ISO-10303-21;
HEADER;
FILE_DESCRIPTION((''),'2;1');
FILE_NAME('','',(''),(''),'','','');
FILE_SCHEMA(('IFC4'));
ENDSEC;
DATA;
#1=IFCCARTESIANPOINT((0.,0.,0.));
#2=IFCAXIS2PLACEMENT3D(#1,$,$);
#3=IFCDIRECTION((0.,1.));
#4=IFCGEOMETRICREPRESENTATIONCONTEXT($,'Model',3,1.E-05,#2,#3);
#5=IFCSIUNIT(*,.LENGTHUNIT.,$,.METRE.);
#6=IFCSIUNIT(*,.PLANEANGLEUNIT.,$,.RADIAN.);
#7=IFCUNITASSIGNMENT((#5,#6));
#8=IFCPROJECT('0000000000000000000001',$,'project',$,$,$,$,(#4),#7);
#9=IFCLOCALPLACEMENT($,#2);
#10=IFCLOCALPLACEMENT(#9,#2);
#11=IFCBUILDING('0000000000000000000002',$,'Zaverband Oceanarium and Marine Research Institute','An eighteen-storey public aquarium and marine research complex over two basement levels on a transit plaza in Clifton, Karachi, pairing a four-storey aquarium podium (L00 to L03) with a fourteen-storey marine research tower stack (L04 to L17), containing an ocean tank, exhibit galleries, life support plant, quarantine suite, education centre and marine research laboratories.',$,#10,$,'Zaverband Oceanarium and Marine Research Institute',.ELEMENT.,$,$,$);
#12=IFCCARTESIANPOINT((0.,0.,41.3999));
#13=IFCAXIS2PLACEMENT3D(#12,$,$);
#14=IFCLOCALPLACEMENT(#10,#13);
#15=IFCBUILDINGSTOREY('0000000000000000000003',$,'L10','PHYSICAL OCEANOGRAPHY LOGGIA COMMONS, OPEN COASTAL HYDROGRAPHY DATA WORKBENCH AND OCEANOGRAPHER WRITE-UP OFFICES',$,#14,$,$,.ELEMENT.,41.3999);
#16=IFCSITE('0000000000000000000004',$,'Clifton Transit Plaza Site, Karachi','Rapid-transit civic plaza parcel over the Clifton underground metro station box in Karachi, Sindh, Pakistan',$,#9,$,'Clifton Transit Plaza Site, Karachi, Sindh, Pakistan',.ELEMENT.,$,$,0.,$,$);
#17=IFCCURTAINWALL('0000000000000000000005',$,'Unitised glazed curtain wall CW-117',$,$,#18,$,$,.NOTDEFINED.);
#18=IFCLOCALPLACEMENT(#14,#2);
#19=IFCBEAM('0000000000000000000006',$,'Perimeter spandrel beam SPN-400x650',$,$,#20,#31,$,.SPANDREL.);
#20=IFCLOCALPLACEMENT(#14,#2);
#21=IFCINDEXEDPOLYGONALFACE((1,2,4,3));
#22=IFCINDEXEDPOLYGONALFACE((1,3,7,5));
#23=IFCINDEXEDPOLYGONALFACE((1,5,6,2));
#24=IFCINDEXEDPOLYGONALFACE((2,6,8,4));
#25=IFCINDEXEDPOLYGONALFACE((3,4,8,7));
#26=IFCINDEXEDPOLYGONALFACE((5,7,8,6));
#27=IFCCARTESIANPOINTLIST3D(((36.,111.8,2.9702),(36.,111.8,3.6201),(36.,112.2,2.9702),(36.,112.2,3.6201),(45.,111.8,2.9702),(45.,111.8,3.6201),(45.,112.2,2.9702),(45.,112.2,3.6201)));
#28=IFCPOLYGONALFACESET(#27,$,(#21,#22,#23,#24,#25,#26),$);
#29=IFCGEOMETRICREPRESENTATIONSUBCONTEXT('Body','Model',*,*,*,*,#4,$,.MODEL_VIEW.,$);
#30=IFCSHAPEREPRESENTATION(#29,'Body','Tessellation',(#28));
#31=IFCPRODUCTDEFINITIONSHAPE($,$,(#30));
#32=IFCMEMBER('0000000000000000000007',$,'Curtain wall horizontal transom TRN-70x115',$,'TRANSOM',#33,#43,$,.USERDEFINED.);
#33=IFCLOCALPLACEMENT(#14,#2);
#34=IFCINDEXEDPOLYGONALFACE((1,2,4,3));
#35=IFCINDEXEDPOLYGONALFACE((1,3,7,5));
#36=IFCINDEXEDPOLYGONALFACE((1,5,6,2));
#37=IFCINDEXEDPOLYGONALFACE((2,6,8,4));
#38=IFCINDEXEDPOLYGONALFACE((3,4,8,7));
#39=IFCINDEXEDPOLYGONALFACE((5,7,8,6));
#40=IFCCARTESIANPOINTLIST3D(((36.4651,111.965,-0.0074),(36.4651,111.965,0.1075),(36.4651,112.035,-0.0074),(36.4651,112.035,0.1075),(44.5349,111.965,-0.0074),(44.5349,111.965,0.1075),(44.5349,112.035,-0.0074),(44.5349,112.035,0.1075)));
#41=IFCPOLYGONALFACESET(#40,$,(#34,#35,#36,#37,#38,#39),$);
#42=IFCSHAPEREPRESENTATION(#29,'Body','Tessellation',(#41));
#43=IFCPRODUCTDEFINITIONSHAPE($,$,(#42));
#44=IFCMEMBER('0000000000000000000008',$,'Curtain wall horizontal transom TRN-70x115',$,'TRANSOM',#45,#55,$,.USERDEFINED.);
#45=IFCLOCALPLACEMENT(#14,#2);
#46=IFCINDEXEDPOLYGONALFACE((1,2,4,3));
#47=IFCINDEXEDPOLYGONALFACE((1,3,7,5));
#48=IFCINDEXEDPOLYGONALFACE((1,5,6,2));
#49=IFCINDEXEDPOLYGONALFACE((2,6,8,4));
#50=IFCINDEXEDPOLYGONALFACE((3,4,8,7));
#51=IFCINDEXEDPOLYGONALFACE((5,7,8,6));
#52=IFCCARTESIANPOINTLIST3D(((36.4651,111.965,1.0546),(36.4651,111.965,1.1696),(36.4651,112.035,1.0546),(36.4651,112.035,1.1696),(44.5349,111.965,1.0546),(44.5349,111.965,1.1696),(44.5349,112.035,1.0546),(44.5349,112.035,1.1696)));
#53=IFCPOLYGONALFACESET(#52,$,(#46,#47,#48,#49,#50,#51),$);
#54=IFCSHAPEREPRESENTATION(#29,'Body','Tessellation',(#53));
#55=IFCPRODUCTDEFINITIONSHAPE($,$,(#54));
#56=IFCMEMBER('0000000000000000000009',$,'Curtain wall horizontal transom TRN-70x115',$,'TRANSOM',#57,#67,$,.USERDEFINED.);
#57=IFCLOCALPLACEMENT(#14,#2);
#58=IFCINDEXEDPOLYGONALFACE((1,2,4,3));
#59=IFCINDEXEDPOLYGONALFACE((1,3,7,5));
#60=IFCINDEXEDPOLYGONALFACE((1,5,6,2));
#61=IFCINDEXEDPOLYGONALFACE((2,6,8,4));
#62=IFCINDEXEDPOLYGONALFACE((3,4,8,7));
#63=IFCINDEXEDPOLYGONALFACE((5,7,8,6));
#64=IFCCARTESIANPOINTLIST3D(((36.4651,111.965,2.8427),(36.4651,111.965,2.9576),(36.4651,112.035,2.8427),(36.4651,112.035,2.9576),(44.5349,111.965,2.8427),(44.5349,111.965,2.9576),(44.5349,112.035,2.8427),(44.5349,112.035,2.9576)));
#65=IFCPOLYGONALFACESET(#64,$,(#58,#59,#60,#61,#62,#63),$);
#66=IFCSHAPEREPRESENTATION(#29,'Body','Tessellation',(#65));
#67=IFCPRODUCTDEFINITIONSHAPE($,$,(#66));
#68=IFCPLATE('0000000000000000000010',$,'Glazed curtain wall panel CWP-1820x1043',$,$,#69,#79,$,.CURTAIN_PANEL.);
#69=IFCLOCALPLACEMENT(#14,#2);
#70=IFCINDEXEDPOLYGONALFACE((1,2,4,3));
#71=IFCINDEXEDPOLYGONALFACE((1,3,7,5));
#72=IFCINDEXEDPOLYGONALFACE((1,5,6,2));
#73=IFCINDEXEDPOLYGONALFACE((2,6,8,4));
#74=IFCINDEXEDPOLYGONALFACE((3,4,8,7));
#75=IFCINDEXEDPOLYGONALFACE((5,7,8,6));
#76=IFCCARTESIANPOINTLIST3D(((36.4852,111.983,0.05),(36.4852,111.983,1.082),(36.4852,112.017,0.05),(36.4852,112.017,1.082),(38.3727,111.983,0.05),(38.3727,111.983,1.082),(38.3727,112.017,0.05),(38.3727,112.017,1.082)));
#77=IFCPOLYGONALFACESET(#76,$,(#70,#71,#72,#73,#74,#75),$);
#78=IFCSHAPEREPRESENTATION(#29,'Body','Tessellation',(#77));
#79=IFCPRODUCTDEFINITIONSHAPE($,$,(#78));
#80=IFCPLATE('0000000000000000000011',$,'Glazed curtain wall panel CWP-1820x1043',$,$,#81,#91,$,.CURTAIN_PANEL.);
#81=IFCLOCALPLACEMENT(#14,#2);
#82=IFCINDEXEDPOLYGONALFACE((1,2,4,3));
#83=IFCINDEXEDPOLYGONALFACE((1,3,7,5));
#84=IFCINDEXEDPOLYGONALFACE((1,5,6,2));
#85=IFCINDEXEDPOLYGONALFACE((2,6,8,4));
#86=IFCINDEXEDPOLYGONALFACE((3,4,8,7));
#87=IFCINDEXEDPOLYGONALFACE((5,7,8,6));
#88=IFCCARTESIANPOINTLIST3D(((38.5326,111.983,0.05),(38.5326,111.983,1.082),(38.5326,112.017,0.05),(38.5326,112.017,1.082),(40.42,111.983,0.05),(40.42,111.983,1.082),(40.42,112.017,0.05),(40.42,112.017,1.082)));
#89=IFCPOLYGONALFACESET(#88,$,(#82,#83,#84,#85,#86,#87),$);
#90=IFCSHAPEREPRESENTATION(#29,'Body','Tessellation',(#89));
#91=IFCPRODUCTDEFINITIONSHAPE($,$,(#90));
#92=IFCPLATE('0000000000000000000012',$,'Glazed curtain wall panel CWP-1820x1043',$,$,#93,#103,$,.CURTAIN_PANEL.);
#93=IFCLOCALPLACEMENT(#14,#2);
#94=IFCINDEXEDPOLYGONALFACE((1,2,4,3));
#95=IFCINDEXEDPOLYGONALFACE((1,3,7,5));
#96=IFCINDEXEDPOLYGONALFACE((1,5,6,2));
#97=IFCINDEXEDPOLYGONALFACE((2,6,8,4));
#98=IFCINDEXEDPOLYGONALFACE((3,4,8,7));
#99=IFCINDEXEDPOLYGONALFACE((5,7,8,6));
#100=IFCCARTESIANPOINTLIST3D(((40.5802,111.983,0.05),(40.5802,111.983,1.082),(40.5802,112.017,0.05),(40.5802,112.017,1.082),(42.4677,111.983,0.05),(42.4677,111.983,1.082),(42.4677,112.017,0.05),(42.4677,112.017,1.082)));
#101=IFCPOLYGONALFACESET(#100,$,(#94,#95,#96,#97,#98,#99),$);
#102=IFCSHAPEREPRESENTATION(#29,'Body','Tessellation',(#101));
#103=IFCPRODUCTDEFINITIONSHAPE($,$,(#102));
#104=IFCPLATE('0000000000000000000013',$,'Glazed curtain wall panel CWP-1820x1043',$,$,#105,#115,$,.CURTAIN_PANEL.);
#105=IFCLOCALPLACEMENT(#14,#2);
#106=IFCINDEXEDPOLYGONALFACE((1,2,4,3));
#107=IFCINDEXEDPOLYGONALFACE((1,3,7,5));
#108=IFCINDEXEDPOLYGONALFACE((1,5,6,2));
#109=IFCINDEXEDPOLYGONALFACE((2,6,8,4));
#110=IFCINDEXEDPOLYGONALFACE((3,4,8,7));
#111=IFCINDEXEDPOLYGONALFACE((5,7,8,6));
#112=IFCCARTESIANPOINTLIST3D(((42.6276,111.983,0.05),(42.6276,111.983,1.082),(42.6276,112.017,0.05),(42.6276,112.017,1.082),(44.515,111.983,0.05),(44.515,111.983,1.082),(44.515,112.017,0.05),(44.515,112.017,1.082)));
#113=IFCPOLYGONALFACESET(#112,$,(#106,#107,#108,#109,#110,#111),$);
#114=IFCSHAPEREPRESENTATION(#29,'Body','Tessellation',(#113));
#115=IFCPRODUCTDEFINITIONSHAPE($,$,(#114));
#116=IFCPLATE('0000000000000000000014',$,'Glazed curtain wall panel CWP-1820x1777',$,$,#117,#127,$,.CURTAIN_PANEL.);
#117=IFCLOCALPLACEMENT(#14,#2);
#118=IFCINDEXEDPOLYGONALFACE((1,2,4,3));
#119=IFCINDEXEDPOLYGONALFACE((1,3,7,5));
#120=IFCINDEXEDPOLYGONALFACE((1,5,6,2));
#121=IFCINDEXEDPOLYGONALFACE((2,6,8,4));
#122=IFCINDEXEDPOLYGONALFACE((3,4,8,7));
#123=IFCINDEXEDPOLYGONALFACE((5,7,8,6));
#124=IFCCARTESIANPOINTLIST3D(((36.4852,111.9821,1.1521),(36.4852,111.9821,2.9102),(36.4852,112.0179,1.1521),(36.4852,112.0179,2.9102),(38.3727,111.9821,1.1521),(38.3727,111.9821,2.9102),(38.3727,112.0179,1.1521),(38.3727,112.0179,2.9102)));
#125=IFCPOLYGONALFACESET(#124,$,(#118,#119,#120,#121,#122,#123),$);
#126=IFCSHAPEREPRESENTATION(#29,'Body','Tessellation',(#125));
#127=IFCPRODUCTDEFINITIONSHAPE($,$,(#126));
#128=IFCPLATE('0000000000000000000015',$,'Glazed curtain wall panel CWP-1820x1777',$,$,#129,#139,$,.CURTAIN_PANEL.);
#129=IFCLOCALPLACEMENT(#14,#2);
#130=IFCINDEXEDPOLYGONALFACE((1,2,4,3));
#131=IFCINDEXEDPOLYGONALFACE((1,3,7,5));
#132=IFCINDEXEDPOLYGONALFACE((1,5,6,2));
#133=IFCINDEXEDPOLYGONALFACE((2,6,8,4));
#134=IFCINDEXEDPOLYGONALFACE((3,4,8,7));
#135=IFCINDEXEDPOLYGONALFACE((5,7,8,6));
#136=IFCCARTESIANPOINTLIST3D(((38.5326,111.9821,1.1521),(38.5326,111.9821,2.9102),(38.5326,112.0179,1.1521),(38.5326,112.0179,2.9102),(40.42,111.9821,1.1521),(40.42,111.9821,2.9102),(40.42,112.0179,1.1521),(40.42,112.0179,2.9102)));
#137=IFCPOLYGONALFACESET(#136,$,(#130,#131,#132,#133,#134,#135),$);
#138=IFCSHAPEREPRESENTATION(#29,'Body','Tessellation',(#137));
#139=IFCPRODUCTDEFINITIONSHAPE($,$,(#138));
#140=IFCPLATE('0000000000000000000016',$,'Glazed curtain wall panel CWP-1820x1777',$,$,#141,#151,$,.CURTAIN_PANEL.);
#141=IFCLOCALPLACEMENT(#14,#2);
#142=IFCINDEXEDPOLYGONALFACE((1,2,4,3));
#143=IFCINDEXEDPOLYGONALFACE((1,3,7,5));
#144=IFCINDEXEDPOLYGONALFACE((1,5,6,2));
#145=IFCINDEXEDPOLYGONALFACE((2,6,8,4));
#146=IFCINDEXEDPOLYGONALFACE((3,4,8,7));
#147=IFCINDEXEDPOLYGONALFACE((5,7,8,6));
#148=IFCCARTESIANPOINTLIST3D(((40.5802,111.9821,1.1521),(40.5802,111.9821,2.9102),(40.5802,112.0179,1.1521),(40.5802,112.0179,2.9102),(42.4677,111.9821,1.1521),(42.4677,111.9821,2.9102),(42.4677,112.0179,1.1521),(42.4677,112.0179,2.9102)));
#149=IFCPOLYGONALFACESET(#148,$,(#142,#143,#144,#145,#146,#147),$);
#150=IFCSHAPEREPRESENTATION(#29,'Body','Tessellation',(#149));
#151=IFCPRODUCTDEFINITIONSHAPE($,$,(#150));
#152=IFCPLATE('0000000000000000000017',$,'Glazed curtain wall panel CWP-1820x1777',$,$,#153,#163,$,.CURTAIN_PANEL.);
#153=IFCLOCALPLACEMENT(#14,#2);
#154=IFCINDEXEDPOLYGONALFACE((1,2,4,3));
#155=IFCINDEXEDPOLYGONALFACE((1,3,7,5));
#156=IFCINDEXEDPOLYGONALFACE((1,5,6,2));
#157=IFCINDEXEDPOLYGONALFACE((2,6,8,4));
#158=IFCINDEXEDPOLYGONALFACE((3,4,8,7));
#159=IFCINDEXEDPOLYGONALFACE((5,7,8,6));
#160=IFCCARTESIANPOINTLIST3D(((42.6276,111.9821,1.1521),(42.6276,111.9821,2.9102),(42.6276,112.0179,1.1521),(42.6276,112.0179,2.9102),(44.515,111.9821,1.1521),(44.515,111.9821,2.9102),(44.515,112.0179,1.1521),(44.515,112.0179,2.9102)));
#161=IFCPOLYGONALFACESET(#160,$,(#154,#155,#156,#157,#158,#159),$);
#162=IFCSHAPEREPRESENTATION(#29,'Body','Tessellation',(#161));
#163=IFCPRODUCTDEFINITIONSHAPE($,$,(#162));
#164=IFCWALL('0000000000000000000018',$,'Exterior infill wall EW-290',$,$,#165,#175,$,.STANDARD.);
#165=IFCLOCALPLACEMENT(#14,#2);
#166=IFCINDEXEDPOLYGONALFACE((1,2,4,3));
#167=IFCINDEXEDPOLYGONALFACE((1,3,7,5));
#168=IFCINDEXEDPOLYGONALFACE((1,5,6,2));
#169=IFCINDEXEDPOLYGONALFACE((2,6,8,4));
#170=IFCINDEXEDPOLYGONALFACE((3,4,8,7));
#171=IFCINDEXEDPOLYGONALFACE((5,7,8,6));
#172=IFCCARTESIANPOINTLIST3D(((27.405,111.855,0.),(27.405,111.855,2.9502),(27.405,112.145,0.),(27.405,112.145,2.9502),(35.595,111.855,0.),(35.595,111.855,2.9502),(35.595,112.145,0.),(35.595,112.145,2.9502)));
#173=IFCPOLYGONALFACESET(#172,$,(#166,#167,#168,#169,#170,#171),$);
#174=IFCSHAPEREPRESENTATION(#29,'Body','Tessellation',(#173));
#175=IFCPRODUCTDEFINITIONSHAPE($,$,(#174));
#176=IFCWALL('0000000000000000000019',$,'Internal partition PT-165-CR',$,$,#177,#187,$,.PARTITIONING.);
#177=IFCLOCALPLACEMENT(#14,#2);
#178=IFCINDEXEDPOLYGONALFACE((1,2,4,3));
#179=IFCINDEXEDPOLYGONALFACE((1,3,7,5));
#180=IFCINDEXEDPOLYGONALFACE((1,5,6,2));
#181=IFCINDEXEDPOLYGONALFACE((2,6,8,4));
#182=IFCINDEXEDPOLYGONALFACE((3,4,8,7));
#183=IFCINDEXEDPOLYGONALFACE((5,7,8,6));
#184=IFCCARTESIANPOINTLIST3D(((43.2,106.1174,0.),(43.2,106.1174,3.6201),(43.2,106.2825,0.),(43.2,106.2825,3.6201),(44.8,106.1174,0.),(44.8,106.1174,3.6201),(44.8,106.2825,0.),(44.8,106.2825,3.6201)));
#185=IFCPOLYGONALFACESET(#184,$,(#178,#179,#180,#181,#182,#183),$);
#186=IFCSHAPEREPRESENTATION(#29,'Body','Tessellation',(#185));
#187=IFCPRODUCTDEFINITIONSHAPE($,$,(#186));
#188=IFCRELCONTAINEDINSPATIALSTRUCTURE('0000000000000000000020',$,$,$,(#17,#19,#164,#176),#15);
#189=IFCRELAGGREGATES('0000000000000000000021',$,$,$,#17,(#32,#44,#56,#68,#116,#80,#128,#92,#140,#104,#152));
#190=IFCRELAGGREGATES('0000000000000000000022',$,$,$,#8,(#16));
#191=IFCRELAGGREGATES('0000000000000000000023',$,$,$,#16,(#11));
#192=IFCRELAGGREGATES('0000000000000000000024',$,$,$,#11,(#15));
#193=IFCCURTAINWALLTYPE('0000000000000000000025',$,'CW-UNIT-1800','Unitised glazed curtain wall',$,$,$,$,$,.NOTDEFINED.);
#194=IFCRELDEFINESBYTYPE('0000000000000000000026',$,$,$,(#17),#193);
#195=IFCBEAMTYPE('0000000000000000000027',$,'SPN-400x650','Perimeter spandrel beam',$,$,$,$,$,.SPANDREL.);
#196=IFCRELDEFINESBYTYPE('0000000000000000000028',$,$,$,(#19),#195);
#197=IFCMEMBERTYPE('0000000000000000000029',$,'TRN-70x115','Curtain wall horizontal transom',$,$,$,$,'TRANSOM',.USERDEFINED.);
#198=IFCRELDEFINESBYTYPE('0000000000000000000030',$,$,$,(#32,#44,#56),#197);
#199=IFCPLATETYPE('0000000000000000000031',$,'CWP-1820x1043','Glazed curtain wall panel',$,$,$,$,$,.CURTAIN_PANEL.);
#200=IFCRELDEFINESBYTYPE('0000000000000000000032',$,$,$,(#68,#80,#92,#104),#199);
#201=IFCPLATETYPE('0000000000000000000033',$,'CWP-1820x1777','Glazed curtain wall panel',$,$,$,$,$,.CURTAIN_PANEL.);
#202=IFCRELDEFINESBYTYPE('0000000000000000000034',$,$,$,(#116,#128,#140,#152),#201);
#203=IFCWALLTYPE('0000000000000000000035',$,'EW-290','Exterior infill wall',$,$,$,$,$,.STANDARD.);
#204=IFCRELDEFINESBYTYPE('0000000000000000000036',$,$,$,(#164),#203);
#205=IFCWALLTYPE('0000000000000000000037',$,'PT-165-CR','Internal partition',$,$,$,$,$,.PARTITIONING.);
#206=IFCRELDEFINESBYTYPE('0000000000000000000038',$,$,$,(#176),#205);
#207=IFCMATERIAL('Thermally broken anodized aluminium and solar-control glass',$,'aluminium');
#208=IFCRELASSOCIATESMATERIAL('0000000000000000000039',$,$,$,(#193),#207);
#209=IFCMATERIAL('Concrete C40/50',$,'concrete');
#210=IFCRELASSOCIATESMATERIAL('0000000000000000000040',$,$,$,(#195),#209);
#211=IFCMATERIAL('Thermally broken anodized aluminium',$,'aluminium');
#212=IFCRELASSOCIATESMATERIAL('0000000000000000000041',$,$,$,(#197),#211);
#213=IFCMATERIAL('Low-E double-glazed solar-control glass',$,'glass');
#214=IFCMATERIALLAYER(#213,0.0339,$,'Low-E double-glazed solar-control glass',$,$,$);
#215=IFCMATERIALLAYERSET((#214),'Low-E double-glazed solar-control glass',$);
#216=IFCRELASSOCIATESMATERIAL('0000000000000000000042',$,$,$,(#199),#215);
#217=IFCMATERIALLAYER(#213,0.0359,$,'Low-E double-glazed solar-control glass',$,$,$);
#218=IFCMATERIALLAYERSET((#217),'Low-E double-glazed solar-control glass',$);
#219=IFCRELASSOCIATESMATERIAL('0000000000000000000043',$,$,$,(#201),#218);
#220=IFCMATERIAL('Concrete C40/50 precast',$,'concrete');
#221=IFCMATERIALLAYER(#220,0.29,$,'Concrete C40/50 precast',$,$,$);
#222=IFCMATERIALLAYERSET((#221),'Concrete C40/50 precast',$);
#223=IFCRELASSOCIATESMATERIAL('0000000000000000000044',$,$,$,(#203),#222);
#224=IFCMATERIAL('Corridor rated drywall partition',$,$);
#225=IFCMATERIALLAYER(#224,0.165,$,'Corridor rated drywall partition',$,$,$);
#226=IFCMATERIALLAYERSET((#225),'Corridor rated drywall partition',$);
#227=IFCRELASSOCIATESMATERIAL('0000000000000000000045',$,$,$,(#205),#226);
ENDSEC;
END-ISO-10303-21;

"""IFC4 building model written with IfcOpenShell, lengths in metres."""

from ifc_helpers import new_model, si_unit, direction, frame, frame_2d, origin, origin_2d, place, context, subcontext, project, spatial, rectangle, extrude, material, layer, layer_set, material_profile, profile_set, type_object, element, aggregate, save


model = new_model("IFC4")

# Units and contexts
model_context = context("Model", 3, precision=1e-05, world=origin(), true_north=direction((0.0, 1.0)))
body_context = subcontext(model_context, "Body", "Model", "MODEL_VIEW")
ifc_project = project(units=[si_unit("LENGTHUNIT", "METRE"), si_unit("PLANEANGLEUNIT", "RADIAN")], contexts=[model_context])

# Site, building, storey
site_placement = place(None, origin())
site = spatial("IfcSite", under=ifc_project, at=site_placement, Name="Clifton Transit Plaza Site, Karachi", Description="Rapid-transit civic plaza parcel over the Clifton underground metro station box in Karachi, Sindh, Pakistan", LongName="Clifton Transit Plaza Site, Karachi, Sindh, Pakistan", CompositionType="ELEMENT", RefElevation=0.0)
building_placement = place(site_placement, origin())
building = spatial("IfcBuilding", under=site, at=building_placement, Name="Zaverband Oceanarium and Marine Research Institute", Description="An eighteen-storey public aquarium and marine research complex over two basement levels on a transit plaza in Clifton, Karachi, pairing a four-storey aquarium podium (L00 to L03) with a fourteen-storey marine research tower stack (L04 to L17), containing an ocean tank, exhibit galleries, life support plant, quarantine suite, education centre and marine research laboratories.", LongName="Zaverband Oceanarium and Marine Research Institute", CompositionType="ELEMENT")
storey_placement = place(building_placement, frame((0.0, 0.0, 41.3999)))
storey = spatial("IfcBuildingStorey", under=building, at=storey_placement, Name="L10", Description="PHYSICAL OCEANOGRAPHY LOGGIA COMMONS, OPEN COASTAL HYDROGRAPHY DATA WORKBENCH AND OCEANOGRAPHER WRITE-UP OFFICES", CompositionType="ELEMENT", Elevation=41.3999)

# Shared definitions
ifc_material_1 = material(Name="Concrete C40/50", Category="concrete")

# Curtain wall
ifc_material_2 = material(Name="Thermally broken anodized aluminium and solar-control glass", Category="aluminium")
curtain_wall_type = type_object("IfcCurtainWallType", Name="CW-UNIT-1800", Description="Unitised glazed curtain wall", PredefinedType="NOTDEFINED", material=ifc_material_2)
curtain_wall_placement = place(storey_placement, origin())
curtain_wall = element("IfcCurtainWall", 1, at=curtain_wall_placement, inside=storey, type_object=curtain_wall_type, Name="Unitised glazed curtain wall CW-117", PredefinedType="NOTDEFINED")
ifc_material_3 = material(Name="Thermally broken anodized aluminium", Category="aluminium")

# Beam
ifc_material_profile_1 = material_profile(ifc_material_1, rectangle(XDim=0.3999, YDim=0.6499, at=origin_2d()), Name="RC400x650")
ifc_profile_set_1 = profile_set([ifc_material_profile_1], Name="Concrete C40/50")
beam_type_1 = type_object("IfcBeamType", Name="SPN-400x650", Description="Perimeter spandrel beam", PredefinedType="SPANDREL", material=ifc_profile_set_1)
for number, where, z_axis, x_axis, name in (
    (2, (36.0, 112.0, 3.2952), (1.0, 0.0, 0.0), (0.0, 1.0, 0.0), "Perimeter spandrel beam SPN-400x650"),
):
    element("IfcBeam", number, at=place(storey_placement, frame(where, z_axis=z_axis, x_axis=x_axis)), inside=storey, type_object=beam_type_1, Name=name, PredefinedType="SPANDREL", context=body_context, shape_type="SweptSolid", body=[
        extrude(rectangle(XDim=0.3999, YDim=0.6499, at=origin_2d()), origin(), (0.0, 0.0, 1.0), 9.0),
    ])

# Members
ifc_material_profile_2 = material_profile(ifc_material_3, rectangle(XDim=0.0701, YDim=0.115, at=origin_2d()), Name="AL-TRN-70x115")
ifc_profile_set_2 = profile_set([ifc_material_profile_2], Name="Thermally broken anodized aluminium")
member_type_1 = type_object("IfcMemberType", Name="TRN-70x115", Description="Curtain wall horizontal transom", ElementType="TRANSOM", PredefinedType="USERDEFINED", material=ifc_profile_set_2)
member_1_placement = place(storey_placement, frame((36.4651, 112.0, 0.05), z_axis=(1.0, 0.0, 0.0), x_axis=(0.0, 1.0, 0.0)))
member_1 = element("IfcMember", 3, at=member_1_placement, type_object=member_type_1, Name="Curtain wall horizontal transom TRN-70x115", ObjectType="TRANSOM", PredefinedType="USERDEFINED", context=body_context, shape_type="SweptSolid", body=[
    extrude(rectangle(XDim=0.0701, YDim=0.115, at=origin_2d()), origin(), (0.0, 0.0, 1.0), 8.0698),
])
member_2_placement = place(storey_placement, frame((36.4651, 112.0, 1.1121), z_axis=(1.0, 0.0, 0.0), x_axis=(0.0, 1.0, 0.0)))
member_2 = element("IfcMember", 4, at=member_2_placement, type_object=member_type_1, Name="Curtain wall horizontal transom TRN-70x115", ObjectType="TRANSOM", PredefinedType="USERDEFINED", context=body_context, shape_type="SweptSolid", body=[
    extrude(rectangle(XDim=0.0701, YDim=0.115, at=origin_2d()), origin(), (0.0, 0.0, 1.0), 8.0698),
])
member_3_placement = place(storey_placement, frame((36.4651, 112.0, 2.9001), z_axis=(1.0, 0.0, 0.0), x_axis=(0.0, 1.0, 0.0)))
member_3 = element("IfcMember", 5, at=member_3_placement, type_object=member_type_1, Name="Curtain wall horizontal transom TRN-70x115", ObjectType="TRANSOM", PredefinedType="USERDEFINED", context=body_context, shape_type="SweptSolid", body=[
    extrude(rectangle(XDim=0.0701, YDim=0.115, at=origin_2d()), origin(), (0.0, 0.0, 1.0), 8.0698),
])

# Plates
ifc_material_4 = material(Name="Low-E double-glazed solar-control glass", Category="glass")
ifc_layer_1 = layer(ifc_material_4, 0.0339, Name="Low-E double-glazed solar-control glass")
ifc_layer_set_1 = layer_set([ifc_layer_1], Name="Low-E double-glazed solar-control glass")
plate_type_1 = type_object("IfcPlateType", Name="CWP-1820x1043", Description="Glazed curtain wall panel", PredefinedType="CURTAIN_PANEL", material=ifc_layer_set_1)
plate_1_placement = place(storey_placement, frame((36.4851, 112.0, 0.05), z_axis=(0.0, 0.0, 1.0), x_axis=(1.0, 0.0, 0.0)))
plate_1 = element("IfcPlate", 6, at=plate_1_placement, type_object=plate_type_1, Name="Glazed curtain wall panel CWP-1820x1043", PredefinedType="CURTAIN_PANEL", context=body_context, shape_type="SweptSolid", body=[
    extrude(rectangle(XDim=1.8875, YDim=0.0339, at=frame_2d((0.9438, 0.0))), origin(), (0.0, 0.0, 1.0), 1.032),
])
plate_2_placement = place(storey_placement, frame((38.5325, 112.0, 0.05), z_axis=(0.0, 0.0, 1.0), x_axis=(1.0, 0.0, 0.0)))
plate_2 = element("IfcPlate", 7, at=plate_2_placement, type_object=plate_type_1, Name="Glazed curtain wall panel CWP-1820x1043", PredefinedType="CURTAIN_PANEL", context=body_context, shape_type="SweptSolid", body=[
    extrude(rectangle(XDim=1.8875, YDim=0.0339, at=frame_2d((0.9438, 0.0))), origin(), (0.0, 0.0, 1.0), 1.032),
])
plate_3_placement = place(storey_placement, frame((40.5801, 112.0, 0.05), z_axis=(0.0, 0.0, 1.0), x_axis=(1.0, 0.0, 0.0)))
plate_3 = element("IfcPlate", 8, at=plate_3_placement, type_object=plate_type_1, Name="Glazed curtain wall panel CWP-1820x1043", PredefinedType="CURTAIN_PANEL", context=body_context, shape_type="SweptSolid", body=[
    extrude(rectangle(XDim=1.8875, YDim=0.0339, at=frame_2d((0.9438, 0.0))), origin(), (0.0, 0.0, 1.0), 1.032),
])
plate_4_placement = place(storey_placement, frame((42.6274, 112.0, 0.05), z_axis=(0.0, 0.0, 1.0), x_axis=(1.0, 0.0, 0.0)))
plate_4 = element("IfcPlate", 9, at=plate_4_placement, type_object=plate_type_1, Name="Glazed curtain wall panel CWP-1820x1043", PredefinedType="CURTAIN_PANEL", context=body_context, shape_type="SweptSolid", body=[
    extrude(rectangle(XDim=1.8875, YDim=0.0339, at=frame_2d((0.9438, 0.0))), origin(), (0.0, 0.0, 1.0), 1.032),
])
ifc_layer_2 = layer(ifc_material_4, 0.0359, Name="Low-E double-glazed solar-control glass")
ifc_layer_set_2 = layer_set([ifc_layer_2], Name="Low-E double-glazed solar-control glass")
plate_type_2 = type_object("IfcPlateType", Name="CWP-1820x1777", Description="Glazed curtain wall panel", PredefinedType="CURTAIN_PANEL", material=ifc_layer_set_2)
plate_5_placement = place(storey_placement, frame((36.4851, 112.0, 1.1521), z_axis=(0.0, 0.0, 1.0), x_axis=(1.0, 0.0, 0.0)))
plate_5 = element("IfcPlate", 10, at=plate_5_placement, type_object=plate_type_2, Name="Glazed curtain wall panel CWP-1820x1777", PredefinedType="CURTAIN_PANEL", context=body_context, shape_type="SweptSolid", body=[
    extrude(rectangle(XDim=1.8875, YDim=0.0359, at=frame_2d((0.9438, 0.0))), origin(), (0.0, 0.0, 1.0), 1.7581),
])
plate_6_placement = place(storey_placement, frame((38.5325, 112.0, 1.1521), z_axis=(0.0, 0.0, 1.0), x_axis=(1.0, 0.0, 0.0)))
plate_6 = element("IfcPlate", 11, at=plate_6_placement, type_object=plate_type_2, Name="Glazed curtain wall panel CWP-1820x1777", PredefinedType="CURTAIN_PANEL", context=body_context, shape_type="SweptSolid", body=[
    extrude(rectangle(XDim=1.8875, YDim=0.0359, at=frame_2d((0.9438, 0.0))), origin(), (0.0, 0.0, 1.0), 1.7581),
])
plate_7_placement = place(storey_placement, frame((40.5801, 112.0, 1.1521), z_axis=(0.0, 0.0, 1.0), x_axis=(1.0, 0.0, 0.0)))
plate_7 = element("IfcPlate", 12, at=plate_7_placement, type_object=plate_type_2, Name="Glazed curtain wall panel CWP-1820x1777", PredefinedType="CURTAIN_PANEL", context=body_context, shape_type="SweptSolid", body=[
    extrude(rectangle(XDim=1.8875, YDim=0.0359, at=frame_2d((0.9438, 0.0))), origin(), (0.0, 0.0, 1.0), 1.7581),
])
plate_8_placement = place(storey_placement, frame((42.6274, 112.0, 1.1521), z_axis=(0.0, 0.0, 1.0), x_axis=(1.0, 0.0, 0.0)))
plate_8 = element("IfcPlate", 13, at=plate_8_placement, type_object=plate_type_2, Name="Glazed curtain wall panel CWP-1820x1777", PredefinedType="CURTAIN_PANEL", context=body_context, shape_type="SweptSolid", body=[
    extrude(rectangle(XDim=1.8875, YDim=0.0359, at=frame_2d((0.9438, 0.0))), origin(), (0.0, 0.0, 1.0), 1.7581),
])
aggregate(curtain_wall, [member_1, member_2, member_3, plate_1, plate_5, plate_2, plate_6, plate_3, plate_7, plate_4, plate_8])

# Walls
ifc_material_5 = material(Name="Concrete C40/50 precast", Category="concrete")
ifc_layer_3 = layer(ifc_material_5, 0.29, Name="Concrete C40/50 precast")
ifc_layer_set_3 = layer_set([ifc_layer_3], Name="Concrete C40/50 precast")
wall_type_1 = type_object("IfcWallType", Name="EW-290", Description="Exterior infill wall", PredefinedType="STANDARD", material=ifc_layer_set_3)
wall_1_placement = place(storey_placement, frame((27.405, 112.0, 0.0), z_axis=(0.0, 0.0, 1.0), x_axis=(1.0, 0.0, 0.0)))
element("IfcWall", 14, at=wall_1_placement, inside=storey, type_object=wall_type_1, Name="Exterior infill wall EW-290", PredefinedType="STANDARD", context=body_context, shape_type="SweptSolid", body=[
    extrude(rectangle(XDim=8.1899, YDim=0.29, at=frame_2d((4.095, 0.0))), origin(), (0.0, 0.0, 1.0), 2.9502),
])
ifc_material_6 = material(Name="Corridor rated drywall partition")
ifc_layer_4 = layer(ifc_material_6, 0.165, Name="Corridor rated drywall partition")
ifc_layer_set_4 = layer_set([ifc_layer_4], Name="Corridor rated drywall partition")
wall_type_2 = type_object("IfcWallType", Name="PT-165-CR", Description="Internal partition", PredefinedType="PARTITIONING", material=ifc_layer_set_4)
wall_2_placement = place(storey_placement, frame((43.2, 106.2, 0.0), z_axis=(0.0, 0.0, 1.0), x_axis=(1.0, 0.0, 0.0)))
element("IfcWall", 15, at=wall_2_placement, inside=storey, type_object=wall_type_2, Name="Internal partition PT-165-CR", PredefinedType="PARTITIONING", context=body_context, shape_type="SweptSolid", body=[
    extrude(rectangle(XDim=1.6001, YDim=0.165, at=frame_2d((0.8, 0.0))), origin(), (0.0, 0.0, 1.0), 3.6201),
])

save(model, "model.ifc")
